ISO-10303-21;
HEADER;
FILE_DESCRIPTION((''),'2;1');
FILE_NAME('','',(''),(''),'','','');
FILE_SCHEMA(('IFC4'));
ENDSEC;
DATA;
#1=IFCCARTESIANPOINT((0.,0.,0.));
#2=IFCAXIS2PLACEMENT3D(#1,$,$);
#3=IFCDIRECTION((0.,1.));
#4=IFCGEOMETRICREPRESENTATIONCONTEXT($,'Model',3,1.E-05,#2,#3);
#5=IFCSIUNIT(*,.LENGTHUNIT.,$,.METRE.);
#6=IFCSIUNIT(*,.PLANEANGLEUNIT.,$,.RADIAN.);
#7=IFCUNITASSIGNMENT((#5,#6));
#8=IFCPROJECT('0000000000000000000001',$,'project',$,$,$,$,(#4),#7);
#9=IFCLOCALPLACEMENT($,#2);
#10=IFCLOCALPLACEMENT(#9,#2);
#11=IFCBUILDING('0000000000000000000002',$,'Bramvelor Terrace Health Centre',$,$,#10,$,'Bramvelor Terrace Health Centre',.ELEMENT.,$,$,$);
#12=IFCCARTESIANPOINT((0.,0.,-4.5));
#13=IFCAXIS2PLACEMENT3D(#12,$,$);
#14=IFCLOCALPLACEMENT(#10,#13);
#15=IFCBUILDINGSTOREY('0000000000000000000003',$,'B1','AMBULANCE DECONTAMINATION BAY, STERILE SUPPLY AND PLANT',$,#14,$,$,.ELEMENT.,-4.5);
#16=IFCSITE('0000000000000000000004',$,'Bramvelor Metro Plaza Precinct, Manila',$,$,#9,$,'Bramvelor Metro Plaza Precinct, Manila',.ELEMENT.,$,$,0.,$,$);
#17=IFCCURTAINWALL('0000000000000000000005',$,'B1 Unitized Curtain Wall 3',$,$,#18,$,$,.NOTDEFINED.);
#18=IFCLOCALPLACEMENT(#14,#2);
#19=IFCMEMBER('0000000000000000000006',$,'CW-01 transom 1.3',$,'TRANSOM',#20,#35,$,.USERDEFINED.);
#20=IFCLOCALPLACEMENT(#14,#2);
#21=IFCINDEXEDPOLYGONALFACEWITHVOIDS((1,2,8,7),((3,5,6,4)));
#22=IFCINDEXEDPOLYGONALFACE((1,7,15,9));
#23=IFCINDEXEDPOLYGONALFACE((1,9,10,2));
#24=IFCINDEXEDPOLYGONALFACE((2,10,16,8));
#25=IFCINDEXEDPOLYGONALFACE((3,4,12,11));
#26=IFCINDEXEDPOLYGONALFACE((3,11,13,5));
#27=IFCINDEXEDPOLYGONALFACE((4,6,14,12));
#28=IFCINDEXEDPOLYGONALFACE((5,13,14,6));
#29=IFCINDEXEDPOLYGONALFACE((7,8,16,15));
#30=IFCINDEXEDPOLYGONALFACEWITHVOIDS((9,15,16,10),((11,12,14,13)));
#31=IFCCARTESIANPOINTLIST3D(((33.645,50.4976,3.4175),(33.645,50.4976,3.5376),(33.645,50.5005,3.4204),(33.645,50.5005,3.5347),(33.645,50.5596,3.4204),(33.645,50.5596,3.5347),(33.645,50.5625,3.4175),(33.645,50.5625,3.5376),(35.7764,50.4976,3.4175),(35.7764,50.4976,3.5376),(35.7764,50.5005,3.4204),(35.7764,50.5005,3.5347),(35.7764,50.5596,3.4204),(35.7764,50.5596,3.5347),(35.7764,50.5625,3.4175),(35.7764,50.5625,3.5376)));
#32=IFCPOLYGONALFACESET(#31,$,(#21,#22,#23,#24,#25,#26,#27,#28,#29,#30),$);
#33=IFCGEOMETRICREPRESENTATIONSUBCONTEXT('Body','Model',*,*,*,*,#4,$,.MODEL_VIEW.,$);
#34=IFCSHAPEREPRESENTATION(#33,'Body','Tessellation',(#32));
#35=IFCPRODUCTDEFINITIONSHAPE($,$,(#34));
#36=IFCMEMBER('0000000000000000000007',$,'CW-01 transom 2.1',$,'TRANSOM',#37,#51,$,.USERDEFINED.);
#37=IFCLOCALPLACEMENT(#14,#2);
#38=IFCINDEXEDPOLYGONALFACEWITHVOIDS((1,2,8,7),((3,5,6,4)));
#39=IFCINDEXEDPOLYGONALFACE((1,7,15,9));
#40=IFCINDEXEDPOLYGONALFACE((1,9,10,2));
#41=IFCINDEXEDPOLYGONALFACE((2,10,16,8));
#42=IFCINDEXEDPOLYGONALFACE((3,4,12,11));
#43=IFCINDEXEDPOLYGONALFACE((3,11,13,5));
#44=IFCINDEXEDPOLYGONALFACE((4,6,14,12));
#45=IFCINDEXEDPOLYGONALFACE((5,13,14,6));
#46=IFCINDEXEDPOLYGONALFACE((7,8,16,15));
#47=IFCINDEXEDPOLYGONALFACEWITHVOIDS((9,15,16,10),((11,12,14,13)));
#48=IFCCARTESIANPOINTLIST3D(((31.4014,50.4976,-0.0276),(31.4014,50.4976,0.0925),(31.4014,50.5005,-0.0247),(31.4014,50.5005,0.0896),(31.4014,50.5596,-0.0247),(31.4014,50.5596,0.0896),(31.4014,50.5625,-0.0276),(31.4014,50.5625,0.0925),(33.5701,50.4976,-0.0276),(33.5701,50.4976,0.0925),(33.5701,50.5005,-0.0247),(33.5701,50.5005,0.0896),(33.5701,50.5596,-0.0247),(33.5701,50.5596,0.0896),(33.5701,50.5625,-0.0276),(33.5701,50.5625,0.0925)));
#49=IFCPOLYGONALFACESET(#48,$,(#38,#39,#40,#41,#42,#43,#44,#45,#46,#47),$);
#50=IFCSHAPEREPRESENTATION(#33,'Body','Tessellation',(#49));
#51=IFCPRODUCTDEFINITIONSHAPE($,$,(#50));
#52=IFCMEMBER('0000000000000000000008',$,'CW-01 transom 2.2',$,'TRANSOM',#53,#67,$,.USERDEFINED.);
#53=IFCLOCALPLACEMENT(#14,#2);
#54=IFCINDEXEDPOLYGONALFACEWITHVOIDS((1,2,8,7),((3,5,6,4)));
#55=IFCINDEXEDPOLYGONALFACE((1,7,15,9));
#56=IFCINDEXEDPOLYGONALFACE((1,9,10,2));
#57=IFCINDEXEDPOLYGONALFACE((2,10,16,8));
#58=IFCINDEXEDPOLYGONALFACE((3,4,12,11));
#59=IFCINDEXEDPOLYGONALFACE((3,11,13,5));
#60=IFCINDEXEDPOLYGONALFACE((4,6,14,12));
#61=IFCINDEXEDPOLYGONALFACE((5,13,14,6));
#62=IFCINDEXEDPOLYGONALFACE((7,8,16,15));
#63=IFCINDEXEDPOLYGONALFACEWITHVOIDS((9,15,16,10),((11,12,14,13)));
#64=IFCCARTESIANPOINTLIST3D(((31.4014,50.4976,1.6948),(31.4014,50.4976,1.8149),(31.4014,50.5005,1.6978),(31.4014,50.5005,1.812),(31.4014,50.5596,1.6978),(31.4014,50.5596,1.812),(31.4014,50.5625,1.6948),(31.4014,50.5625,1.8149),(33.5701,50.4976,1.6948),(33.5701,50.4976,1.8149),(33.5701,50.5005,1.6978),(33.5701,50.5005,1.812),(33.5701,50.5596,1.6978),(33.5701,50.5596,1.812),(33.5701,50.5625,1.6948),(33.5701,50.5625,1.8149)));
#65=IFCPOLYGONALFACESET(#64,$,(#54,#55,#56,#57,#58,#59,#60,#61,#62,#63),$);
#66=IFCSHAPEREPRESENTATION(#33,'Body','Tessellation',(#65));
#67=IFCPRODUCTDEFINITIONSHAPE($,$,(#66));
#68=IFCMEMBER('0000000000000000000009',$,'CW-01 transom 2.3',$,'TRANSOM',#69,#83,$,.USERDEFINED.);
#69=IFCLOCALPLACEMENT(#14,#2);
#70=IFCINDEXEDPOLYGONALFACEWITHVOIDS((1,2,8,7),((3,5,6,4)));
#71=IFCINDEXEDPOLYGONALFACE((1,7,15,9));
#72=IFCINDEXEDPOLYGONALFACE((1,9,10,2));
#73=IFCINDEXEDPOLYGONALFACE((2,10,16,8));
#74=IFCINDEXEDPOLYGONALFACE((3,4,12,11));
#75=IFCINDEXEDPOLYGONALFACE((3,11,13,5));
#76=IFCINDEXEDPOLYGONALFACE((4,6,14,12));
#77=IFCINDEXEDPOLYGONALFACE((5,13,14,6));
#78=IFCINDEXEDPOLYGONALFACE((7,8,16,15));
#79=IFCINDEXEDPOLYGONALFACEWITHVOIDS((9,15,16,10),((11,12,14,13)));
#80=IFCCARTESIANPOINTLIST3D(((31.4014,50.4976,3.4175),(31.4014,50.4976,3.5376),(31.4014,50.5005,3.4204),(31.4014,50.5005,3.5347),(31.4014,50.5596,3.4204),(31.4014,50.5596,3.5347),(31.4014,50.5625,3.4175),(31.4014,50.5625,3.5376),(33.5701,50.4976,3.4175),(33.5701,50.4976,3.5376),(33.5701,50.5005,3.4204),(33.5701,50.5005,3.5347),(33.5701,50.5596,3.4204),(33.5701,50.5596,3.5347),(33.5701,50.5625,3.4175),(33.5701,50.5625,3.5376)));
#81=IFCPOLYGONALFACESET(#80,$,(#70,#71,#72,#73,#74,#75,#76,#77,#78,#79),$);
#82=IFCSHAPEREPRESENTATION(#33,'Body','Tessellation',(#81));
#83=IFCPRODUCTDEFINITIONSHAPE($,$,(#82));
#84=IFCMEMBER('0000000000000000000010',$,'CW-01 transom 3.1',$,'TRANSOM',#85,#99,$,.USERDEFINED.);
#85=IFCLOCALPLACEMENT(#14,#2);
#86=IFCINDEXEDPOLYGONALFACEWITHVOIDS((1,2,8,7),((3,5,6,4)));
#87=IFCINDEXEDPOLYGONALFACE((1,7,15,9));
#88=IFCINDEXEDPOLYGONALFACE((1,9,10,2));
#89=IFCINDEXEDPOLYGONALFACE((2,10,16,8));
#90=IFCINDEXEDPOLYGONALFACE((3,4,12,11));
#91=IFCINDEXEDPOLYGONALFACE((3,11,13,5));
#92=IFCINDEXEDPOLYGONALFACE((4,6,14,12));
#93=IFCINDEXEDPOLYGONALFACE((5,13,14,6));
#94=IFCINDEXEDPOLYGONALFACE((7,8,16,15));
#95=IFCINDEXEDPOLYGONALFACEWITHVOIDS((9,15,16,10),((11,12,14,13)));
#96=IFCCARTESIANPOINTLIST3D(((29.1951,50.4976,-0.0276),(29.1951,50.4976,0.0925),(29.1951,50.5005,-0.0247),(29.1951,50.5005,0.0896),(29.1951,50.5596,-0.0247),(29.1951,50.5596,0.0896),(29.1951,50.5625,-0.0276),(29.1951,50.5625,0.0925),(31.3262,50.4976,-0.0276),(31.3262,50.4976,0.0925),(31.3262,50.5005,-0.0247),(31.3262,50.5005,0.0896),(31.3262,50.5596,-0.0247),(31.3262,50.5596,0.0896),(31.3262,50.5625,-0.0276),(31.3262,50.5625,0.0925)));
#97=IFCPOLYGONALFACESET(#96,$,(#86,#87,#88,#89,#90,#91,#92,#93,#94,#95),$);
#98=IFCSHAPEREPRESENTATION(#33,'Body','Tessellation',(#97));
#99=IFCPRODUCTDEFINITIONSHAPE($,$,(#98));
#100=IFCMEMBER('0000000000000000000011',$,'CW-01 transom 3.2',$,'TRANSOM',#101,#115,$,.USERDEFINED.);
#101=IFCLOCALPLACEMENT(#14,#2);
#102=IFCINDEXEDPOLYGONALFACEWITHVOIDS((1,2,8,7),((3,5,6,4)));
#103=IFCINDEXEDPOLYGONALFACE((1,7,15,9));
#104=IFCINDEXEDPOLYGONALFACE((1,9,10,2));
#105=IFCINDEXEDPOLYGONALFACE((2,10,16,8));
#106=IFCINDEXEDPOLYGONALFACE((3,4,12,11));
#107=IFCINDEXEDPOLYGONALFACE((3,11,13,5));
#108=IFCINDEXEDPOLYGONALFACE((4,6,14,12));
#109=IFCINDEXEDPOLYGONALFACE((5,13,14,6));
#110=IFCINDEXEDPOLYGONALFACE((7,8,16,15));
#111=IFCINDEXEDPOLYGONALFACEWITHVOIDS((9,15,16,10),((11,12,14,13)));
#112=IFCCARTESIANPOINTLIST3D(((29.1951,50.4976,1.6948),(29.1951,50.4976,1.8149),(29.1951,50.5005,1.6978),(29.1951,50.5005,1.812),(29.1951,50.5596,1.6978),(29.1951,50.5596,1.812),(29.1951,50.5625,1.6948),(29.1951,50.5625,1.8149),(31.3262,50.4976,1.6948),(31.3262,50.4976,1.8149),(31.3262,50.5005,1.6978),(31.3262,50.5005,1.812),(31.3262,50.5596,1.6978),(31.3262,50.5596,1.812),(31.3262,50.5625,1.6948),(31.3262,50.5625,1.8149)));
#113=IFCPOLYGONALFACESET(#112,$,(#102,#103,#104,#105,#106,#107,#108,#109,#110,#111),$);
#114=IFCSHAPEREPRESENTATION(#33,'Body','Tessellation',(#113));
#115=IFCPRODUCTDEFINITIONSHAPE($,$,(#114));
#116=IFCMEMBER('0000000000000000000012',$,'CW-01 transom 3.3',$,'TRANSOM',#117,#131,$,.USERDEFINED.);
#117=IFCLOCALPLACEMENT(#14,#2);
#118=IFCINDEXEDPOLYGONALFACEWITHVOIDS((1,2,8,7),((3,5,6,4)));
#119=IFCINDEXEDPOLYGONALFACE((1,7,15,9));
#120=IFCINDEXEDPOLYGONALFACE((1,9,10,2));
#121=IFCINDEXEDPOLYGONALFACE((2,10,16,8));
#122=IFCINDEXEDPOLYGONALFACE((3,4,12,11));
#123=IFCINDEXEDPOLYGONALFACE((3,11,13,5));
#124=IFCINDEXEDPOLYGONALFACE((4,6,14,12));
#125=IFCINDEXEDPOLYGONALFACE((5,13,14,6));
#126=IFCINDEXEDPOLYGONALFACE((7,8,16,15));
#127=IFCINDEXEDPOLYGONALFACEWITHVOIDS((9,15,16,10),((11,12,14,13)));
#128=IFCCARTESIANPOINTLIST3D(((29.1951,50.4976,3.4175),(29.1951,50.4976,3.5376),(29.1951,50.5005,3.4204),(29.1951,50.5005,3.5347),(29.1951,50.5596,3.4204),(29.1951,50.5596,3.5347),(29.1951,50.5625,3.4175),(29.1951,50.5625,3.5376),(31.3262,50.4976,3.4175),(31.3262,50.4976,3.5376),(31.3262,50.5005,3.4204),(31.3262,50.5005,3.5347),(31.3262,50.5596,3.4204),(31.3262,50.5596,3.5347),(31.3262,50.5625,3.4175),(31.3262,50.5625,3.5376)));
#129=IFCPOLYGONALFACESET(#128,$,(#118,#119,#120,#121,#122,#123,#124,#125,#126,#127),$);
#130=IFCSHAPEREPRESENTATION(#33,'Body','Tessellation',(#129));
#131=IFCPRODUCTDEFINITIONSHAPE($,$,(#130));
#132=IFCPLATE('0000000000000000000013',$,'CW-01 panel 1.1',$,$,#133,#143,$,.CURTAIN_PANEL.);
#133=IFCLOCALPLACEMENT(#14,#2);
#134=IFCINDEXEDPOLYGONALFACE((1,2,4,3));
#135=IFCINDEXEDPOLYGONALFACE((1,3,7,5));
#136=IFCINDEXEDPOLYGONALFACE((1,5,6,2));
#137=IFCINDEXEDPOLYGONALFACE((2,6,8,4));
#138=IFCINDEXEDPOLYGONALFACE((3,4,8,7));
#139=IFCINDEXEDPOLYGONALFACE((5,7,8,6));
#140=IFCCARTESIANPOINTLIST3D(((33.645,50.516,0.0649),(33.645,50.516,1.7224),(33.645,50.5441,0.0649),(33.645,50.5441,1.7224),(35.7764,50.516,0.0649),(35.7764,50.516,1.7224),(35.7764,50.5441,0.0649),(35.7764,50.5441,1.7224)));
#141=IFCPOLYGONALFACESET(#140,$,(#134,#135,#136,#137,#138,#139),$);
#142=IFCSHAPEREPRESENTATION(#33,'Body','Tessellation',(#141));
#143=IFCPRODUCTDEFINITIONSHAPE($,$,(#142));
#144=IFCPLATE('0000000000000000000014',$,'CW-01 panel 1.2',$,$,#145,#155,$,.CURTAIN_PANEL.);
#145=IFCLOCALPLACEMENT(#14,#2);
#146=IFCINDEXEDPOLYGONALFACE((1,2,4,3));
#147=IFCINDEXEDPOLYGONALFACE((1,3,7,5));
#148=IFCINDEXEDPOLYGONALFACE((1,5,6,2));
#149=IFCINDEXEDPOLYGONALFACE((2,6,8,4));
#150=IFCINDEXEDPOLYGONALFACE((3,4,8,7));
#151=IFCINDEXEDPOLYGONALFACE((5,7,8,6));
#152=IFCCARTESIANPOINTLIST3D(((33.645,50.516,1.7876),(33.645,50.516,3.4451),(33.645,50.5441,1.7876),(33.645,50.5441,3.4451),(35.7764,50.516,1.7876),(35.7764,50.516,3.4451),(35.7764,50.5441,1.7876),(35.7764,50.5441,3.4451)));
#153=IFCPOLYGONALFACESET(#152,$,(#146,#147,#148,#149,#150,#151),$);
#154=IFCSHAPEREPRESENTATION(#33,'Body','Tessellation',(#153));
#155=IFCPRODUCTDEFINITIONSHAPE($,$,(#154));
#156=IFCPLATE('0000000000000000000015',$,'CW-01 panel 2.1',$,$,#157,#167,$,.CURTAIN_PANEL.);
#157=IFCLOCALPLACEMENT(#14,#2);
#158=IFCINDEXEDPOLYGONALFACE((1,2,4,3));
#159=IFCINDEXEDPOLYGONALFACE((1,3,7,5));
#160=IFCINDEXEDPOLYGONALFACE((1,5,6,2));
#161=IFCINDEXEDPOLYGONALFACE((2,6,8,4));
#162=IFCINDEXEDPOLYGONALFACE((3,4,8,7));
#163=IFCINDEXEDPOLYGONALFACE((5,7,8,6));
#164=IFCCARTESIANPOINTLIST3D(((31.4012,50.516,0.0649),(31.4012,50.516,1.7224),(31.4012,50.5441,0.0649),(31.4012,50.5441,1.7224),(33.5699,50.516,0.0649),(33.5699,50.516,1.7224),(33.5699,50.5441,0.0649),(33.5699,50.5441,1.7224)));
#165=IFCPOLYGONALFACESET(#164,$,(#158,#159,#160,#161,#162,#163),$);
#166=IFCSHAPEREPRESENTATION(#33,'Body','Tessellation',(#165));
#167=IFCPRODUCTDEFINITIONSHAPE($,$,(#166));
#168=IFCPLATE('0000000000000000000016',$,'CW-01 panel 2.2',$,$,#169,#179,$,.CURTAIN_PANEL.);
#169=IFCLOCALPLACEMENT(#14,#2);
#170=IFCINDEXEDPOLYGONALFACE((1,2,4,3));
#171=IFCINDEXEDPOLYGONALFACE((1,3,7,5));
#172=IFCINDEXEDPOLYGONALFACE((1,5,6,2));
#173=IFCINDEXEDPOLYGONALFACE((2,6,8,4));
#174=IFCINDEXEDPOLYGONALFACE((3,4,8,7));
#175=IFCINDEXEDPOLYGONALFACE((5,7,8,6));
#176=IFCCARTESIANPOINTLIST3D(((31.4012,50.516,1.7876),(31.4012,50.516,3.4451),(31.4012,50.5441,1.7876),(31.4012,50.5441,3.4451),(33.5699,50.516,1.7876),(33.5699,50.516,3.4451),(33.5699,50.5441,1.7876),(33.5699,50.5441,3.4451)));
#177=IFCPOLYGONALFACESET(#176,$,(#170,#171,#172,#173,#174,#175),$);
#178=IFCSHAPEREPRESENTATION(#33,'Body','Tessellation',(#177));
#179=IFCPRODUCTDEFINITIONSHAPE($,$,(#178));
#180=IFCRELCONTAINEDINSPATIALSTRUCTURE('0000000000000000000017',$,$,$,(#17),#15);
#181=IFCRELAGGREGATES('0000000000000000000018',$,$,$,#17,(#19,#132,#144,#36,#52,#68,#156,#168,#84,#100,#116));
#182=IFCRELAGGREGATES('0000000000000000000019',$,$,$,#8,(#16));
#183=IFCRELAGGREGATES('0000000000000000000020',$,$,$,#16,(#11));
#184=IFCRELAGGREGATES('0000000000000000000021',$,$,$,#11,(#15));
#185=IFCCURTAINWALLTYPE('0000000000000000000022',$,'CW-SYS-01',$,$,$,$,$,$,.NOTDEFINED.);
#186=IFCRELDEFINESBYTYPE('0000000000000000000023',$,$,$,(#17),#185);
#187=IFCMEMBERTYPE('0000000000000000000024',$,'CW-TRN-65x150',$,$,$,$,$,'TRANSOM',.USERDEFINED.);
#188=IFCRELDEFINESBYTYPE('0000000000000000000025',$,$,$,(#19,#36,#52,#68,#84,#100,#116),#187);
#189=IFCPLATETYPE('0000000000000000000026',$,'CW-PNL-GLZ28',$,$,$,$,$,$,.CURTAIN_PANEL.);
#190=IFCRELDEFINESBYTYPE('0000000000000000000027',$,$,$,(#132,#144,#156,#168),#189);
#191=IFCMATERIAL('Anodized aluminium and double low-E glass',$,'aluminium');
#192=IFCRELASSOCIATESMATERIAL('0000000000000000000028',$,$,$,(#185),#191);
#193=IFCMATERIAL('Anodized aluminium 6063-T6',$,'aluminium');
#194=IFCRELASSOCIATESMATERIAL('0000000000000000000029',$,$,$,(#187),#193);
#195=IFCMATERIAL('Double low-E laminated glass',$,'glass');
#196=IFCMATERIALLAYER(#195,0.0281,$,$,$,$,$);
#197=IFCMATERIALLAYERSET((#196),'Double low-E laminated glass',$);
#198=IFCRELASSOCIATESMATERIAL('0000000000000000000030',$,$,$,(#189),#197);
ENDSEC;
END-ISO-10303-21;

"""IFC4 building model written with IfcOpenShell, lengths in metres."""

from ifc_helpers import new_model, si_unit, direction, frame, origin, origin_2d, place, context, subcontext, project, spatial, rectangle, hollow_rectangle, extrude, material, layer, layer_set, material_profile, profile_set, type_object, element, aggregate, save


model = new_model("IFC4")

# Units and contexts
model_context = context("Model", 3, precision=1e-05, world=origin(), true_north=direction((0.0, 1.0)))
body_context = subcontext(model_context, "Body", "Model", "MODEL_VIEW")
ifc_project = project(units=[si_unit("LENGTHUNIT", "METRE"), si_unit("PLANEANGLEUNIT", "RADIAN")], contexts=[model_context])

# Site, building, storey
site_placement = place(None, origin())
site = spatial("IfcSite", under=ifc_project, at=site_placement, Name="Bramvelor Metro Plaza Precinct, Manila", LongName="Bramvelor Metro Plaza Precinct, Manila", CompositionType="ELEMENT", RefElevation=0.0)
building_placement = place(site_placement, origin())
building = spatial("IfcBuilding", under=site, at=building_placement, Name="Bramvelor Terrace Health Centre", LongName="Bramvelor Terrace Health Centre", CompositionType="ELEMENT")
storey_placement = place(building_placement, frame((0.0, 0.0, -4.5)))
storey = spatial("IfcBuildingStorey", under=building, at=storey_placement, Name="B1", Description="AMBULANCE DECONTAMINATION BAY, STERILE SUPPLY AND PLANT", CompositionType="ELEMENT", Elevation=-4.5)

# Curtain wall, members, plates
ifc_material_1 = material(Name="Anodized aluminium and double low-E glass", Category="aluminium")
curtain_wall_type = type_object("IfcCurtainWallType", Name="CW-SYS-01", PredefinedType="NOTDEFINED", material=ifc_material_1)
curtain_wall_placement = place(storey_placement, origin())
curtain_wall = element("IfcCurtainWall", 1, at=curtain_wall_placement, inside=storey, type_object=curtain_wall_type, Name="B1 Unitized Curtain Wall 3", PredefinedType="NOTDEFINED")
ifc_material_2 = material(Name="Anodized aluminium 6063-T6", Category="aluminium")
ifc_material_profile_1 = material_profile(ifc_material_2, hollow_rectangle(XDim=0.0649, YDim=0.1201, WallThickness=0.0029, at=origin_2d()), Name="ALU-TRN 65x120x3.0")
ifc_profile_set_1 = profile_set([ifc_material_profile_1], Name="Anodized aluminium 6063-T6")
member_type_1 = type_object("IfcMemberType", Name="CW-TRN-65x150", ElementType="TRANSOM", PredefinedType="USERDEFINED", material=ifc_profile_set_1)
member_1_placement = place(storey_placement, frame((35.7764, 50.53, 3.4775), z_axis=(-1.0, 0.0, 0.0), x_axis=(0.0, -1.0, 0.0)))
member_1 = element("IfcMember", 2, at=member_1_placement, type_object=member_type_1, Name="CW-01 transom 1.3", ObjectType="TRANSOM", PredefinedType="USERDEFINED", context=body_context, shape_type="SweptSolid", body=[
    extrude(hollow_rectangle(XDim=0.0649, YDim=0.1201, WallThickness=0.0029, at=origin_2d()), origin(), (0.0, 0.0, 1.0), 2.1313),
])
member_2_placement = place(storey_placement, frame((33.5701, 50.53, 0.0325), z_axis=(-1.0, 0.0, 0.0), x_axis=(0.0, -1.0, 0.0)))
member_2 = element("IfcMember", 3, at=member_2_placement, type_object=member_type_1, Name="CW-01 transom 2.1", ObjectType="TRANSOM", PredefinedType="USERDEFINED", context=body_context, shape_type="SweptSolid", body=[
    extrude(hollow_rectangle(XDim=0.0649, YDim=0.1201, WallThickness=0.0029, at=origin_2d()), origin(), (0.0, 0.0, 1.0), 2.1687),
])
member_3_placement = place(storey_placement, frame((33.5701, 50.53, 1.7549), z_axis=(-1.0, 0.0, 0.0), x_axis=(0.0, -1.0, 0.0)))
member_3 = element("IfcMember", 4, at=member_3_placement, type_object=member_type_1, Name="CW-01 transom 2.2", ObjectType="TRANSOM", PredefinedType="USERDEFINED", context=body_context, shape_type="SweptSolid", body=[
    extrude(hollow_rectangle(XDim=0.0649, YDim=0.1201, WallThickness=0.0029, at=origin_2d()), origin(), (0.0, 0.0, 1.0), 2.1687),
])
member_4_placement = place(storey_placement, frame((33.5701, 50.53, 3.4775), z_axis=(-1.0, 0.0, 0.0), x_axis=(0.0, -1.0, 0.0)))
member_4 = element("IfcMember", 5, at=member_4_placement, type_object=member_type_1, Name="CW-01 transom 2.3", ObjectType="TRANSOM", PredefinedType="USERDEFINED", context=body_context, shape_type="SweptSolid", body=[
    extrude(hollow_rectangle(XDim=0.0649, YDim=0.1201, WallThickness=0.0029, at=origin_2d()), origin(), (0.0, 0.0, 1.0), 2.1687),
])
member_5_placement = place(storey_placement, frame((31.3262, 50.53, 0.0325), z_axis=(-1.0, 0.0, 0.0), x_axis=(0.0, -1.0, 0.0)))
member_5 = element("IfcMember", 6, at=member_5_placement, type_object=member_type_1, Name="CW-01 transom 3.1", ObjectType="TRANSOM", PredefinedType="USERDEFINED", context=body_context, shape_type="SweptSolid", body=[
    extrude(hollow_rectangle(XDim=0.0649, YDim=0.1201, WallThickness=0.0029, at=origin_2d()), origin(), (0.0, 0.0, 1.0), 2.1311),
])
member_6_placement = place(storey_placement, frame((31.3262, 50.53, 1.7549), z_axis=(-1.0, 0.0, 0.0), x_axis=(0.0, -1.0, 0.0)))
member_6 = element("IfcMember", 7, at=member_6_placement, type_object=member_type_1, Name="CW-01 transom 3.2", ObjectType="TRANSOM", PredefinedType="USERDEFINED", context=body_context, shape_type="SweptSolid", body=[
    extrude(hollow_rectangle(XDim=0.0649, YDim=0.1201, WallThickness=0.0029, at=origin_2d()), origin(), (0.0, 0.0, 1.0), 2.1311),
])
member_7_placement = place(storey_placement, frame((31.3262, 50.53, 3.4775), z_axis=(-1.0, 0.0, 0.0), x_axis=(0.0, -1.0, 0.0)))
member_7 = element("IfcMember", 8, at=member_7_placement, type_object=member_type_1, Name="CW-01 transom 3.3", ObjectType="TRANSOM", PredefinedType="USERDEFINED", context=body_context, shape_type="SweptSolid", body=[
    extrude(hollow_rectangle(XDim=0.0649, YDim=0.1201, WallThickness=0.0029, at=origin_2d()), origin(), (0.0, 0.0, 1.0), 2.1311),
])
ifc_material_3 = material(Name="Double low-E laminated glass", Category="glass")
ifc_layer_1 = layer(ifc_material_3, 0.0281)
ifc_layer_set_1 = layer_set([ifc_layer_1], Name="Double low-E laminated glass")
plate_type = type_object("IfcPlateType", Name="CW-PNL-GLZ28", PredefinedType="CURTAIN_PANEL", material=ifc_layer_set_1)
plate_1_placement = place(storey_placement, frame((34.7107, 50.53, 0.0649), z_axis=(0.0, 0.0, 1.0), x_axis=(-1.0, 0.0, 0.0)))
plate_1 = element("IfcPlate", 9, at=plate_1_placement, type_object=plate_type, Name="CW-01 panel 1.1", PredefinedType="CURTAIN_PANEL", context=body_context, shape_type="SweptSolid", body=[
    extrude(rectangle(XDim=2.1313, YDim=0.0281, at=origin_2d()), origin(), (0.0, 0.0, 1.0), 1.6575),
])
plate_2_placement = place(storey_placement, frame((34.7107, 50.53, 1.7876), z_axis=(0.0, 0.0, 1.0), x_axis=(-1.0, 0.0, 0.0)))
plate_2 = element("IfcPlate", 10, at=plate_2_placement, type_object=plate_type, Name="CW-01 panel 1.2", PredefinedType="CURTAIN_PANEL", context=body_context, shape_type="SweptSolid", body=[
    extrude(rectangle(XDim=2.1313, YDim=0.0281, at=origin_2d()), origin(), (0.0, 0.0, 1.0), 1.6575),
])
plate_3_placement = place(storey_placement, frame((32.4856, 50.53, 0.0649), z_axis=(0.0, 0.0, 1.0), x_axis=(-1.0, 0.0, 0.0)))
plate_3 = element("IfcPlate", 11, at=plate_3_placement, type_object=plate_type, Name="CW-01 panel 2.1", PredefinedType="CURTAIN_PANEL", context=body_context, shape_type="SweptSolid", body=[
    extrude(rectangle(XDim=2.1687, YDim=0.0281, at=origin_2d()), origin(), (0.0, 0.0, 1.0), 1.6575),
])
plate_4_placement = place(storey_placement, frame((32.4856, 50.53, 1.7876), z_axis=(0.0, 0.0, 1.0), x_axis=(-1.0, 0.0, 0.0)))
plate_4 = element("IfcPlate", 12, at=plate_4_placement, type_object=plate_type, Name="CW-01 panel 2.2", PredefinedType="CURTAIN_PANEL", context=body_context, shape_type="SweptSolid", body=[
    extrude(rectangle(XDim=2.1687, YDim=0.0281, at=origin_2d()), origin(), (0.0, 0.0, 1.0), 1.6575),
])
aggregate(curtain_wall, [member_1, plate_1, plate_2, member_2, member_3, member_4, plate_3, plate_4, member_5, member_6, member_7])

save(model, "model.ifc")
